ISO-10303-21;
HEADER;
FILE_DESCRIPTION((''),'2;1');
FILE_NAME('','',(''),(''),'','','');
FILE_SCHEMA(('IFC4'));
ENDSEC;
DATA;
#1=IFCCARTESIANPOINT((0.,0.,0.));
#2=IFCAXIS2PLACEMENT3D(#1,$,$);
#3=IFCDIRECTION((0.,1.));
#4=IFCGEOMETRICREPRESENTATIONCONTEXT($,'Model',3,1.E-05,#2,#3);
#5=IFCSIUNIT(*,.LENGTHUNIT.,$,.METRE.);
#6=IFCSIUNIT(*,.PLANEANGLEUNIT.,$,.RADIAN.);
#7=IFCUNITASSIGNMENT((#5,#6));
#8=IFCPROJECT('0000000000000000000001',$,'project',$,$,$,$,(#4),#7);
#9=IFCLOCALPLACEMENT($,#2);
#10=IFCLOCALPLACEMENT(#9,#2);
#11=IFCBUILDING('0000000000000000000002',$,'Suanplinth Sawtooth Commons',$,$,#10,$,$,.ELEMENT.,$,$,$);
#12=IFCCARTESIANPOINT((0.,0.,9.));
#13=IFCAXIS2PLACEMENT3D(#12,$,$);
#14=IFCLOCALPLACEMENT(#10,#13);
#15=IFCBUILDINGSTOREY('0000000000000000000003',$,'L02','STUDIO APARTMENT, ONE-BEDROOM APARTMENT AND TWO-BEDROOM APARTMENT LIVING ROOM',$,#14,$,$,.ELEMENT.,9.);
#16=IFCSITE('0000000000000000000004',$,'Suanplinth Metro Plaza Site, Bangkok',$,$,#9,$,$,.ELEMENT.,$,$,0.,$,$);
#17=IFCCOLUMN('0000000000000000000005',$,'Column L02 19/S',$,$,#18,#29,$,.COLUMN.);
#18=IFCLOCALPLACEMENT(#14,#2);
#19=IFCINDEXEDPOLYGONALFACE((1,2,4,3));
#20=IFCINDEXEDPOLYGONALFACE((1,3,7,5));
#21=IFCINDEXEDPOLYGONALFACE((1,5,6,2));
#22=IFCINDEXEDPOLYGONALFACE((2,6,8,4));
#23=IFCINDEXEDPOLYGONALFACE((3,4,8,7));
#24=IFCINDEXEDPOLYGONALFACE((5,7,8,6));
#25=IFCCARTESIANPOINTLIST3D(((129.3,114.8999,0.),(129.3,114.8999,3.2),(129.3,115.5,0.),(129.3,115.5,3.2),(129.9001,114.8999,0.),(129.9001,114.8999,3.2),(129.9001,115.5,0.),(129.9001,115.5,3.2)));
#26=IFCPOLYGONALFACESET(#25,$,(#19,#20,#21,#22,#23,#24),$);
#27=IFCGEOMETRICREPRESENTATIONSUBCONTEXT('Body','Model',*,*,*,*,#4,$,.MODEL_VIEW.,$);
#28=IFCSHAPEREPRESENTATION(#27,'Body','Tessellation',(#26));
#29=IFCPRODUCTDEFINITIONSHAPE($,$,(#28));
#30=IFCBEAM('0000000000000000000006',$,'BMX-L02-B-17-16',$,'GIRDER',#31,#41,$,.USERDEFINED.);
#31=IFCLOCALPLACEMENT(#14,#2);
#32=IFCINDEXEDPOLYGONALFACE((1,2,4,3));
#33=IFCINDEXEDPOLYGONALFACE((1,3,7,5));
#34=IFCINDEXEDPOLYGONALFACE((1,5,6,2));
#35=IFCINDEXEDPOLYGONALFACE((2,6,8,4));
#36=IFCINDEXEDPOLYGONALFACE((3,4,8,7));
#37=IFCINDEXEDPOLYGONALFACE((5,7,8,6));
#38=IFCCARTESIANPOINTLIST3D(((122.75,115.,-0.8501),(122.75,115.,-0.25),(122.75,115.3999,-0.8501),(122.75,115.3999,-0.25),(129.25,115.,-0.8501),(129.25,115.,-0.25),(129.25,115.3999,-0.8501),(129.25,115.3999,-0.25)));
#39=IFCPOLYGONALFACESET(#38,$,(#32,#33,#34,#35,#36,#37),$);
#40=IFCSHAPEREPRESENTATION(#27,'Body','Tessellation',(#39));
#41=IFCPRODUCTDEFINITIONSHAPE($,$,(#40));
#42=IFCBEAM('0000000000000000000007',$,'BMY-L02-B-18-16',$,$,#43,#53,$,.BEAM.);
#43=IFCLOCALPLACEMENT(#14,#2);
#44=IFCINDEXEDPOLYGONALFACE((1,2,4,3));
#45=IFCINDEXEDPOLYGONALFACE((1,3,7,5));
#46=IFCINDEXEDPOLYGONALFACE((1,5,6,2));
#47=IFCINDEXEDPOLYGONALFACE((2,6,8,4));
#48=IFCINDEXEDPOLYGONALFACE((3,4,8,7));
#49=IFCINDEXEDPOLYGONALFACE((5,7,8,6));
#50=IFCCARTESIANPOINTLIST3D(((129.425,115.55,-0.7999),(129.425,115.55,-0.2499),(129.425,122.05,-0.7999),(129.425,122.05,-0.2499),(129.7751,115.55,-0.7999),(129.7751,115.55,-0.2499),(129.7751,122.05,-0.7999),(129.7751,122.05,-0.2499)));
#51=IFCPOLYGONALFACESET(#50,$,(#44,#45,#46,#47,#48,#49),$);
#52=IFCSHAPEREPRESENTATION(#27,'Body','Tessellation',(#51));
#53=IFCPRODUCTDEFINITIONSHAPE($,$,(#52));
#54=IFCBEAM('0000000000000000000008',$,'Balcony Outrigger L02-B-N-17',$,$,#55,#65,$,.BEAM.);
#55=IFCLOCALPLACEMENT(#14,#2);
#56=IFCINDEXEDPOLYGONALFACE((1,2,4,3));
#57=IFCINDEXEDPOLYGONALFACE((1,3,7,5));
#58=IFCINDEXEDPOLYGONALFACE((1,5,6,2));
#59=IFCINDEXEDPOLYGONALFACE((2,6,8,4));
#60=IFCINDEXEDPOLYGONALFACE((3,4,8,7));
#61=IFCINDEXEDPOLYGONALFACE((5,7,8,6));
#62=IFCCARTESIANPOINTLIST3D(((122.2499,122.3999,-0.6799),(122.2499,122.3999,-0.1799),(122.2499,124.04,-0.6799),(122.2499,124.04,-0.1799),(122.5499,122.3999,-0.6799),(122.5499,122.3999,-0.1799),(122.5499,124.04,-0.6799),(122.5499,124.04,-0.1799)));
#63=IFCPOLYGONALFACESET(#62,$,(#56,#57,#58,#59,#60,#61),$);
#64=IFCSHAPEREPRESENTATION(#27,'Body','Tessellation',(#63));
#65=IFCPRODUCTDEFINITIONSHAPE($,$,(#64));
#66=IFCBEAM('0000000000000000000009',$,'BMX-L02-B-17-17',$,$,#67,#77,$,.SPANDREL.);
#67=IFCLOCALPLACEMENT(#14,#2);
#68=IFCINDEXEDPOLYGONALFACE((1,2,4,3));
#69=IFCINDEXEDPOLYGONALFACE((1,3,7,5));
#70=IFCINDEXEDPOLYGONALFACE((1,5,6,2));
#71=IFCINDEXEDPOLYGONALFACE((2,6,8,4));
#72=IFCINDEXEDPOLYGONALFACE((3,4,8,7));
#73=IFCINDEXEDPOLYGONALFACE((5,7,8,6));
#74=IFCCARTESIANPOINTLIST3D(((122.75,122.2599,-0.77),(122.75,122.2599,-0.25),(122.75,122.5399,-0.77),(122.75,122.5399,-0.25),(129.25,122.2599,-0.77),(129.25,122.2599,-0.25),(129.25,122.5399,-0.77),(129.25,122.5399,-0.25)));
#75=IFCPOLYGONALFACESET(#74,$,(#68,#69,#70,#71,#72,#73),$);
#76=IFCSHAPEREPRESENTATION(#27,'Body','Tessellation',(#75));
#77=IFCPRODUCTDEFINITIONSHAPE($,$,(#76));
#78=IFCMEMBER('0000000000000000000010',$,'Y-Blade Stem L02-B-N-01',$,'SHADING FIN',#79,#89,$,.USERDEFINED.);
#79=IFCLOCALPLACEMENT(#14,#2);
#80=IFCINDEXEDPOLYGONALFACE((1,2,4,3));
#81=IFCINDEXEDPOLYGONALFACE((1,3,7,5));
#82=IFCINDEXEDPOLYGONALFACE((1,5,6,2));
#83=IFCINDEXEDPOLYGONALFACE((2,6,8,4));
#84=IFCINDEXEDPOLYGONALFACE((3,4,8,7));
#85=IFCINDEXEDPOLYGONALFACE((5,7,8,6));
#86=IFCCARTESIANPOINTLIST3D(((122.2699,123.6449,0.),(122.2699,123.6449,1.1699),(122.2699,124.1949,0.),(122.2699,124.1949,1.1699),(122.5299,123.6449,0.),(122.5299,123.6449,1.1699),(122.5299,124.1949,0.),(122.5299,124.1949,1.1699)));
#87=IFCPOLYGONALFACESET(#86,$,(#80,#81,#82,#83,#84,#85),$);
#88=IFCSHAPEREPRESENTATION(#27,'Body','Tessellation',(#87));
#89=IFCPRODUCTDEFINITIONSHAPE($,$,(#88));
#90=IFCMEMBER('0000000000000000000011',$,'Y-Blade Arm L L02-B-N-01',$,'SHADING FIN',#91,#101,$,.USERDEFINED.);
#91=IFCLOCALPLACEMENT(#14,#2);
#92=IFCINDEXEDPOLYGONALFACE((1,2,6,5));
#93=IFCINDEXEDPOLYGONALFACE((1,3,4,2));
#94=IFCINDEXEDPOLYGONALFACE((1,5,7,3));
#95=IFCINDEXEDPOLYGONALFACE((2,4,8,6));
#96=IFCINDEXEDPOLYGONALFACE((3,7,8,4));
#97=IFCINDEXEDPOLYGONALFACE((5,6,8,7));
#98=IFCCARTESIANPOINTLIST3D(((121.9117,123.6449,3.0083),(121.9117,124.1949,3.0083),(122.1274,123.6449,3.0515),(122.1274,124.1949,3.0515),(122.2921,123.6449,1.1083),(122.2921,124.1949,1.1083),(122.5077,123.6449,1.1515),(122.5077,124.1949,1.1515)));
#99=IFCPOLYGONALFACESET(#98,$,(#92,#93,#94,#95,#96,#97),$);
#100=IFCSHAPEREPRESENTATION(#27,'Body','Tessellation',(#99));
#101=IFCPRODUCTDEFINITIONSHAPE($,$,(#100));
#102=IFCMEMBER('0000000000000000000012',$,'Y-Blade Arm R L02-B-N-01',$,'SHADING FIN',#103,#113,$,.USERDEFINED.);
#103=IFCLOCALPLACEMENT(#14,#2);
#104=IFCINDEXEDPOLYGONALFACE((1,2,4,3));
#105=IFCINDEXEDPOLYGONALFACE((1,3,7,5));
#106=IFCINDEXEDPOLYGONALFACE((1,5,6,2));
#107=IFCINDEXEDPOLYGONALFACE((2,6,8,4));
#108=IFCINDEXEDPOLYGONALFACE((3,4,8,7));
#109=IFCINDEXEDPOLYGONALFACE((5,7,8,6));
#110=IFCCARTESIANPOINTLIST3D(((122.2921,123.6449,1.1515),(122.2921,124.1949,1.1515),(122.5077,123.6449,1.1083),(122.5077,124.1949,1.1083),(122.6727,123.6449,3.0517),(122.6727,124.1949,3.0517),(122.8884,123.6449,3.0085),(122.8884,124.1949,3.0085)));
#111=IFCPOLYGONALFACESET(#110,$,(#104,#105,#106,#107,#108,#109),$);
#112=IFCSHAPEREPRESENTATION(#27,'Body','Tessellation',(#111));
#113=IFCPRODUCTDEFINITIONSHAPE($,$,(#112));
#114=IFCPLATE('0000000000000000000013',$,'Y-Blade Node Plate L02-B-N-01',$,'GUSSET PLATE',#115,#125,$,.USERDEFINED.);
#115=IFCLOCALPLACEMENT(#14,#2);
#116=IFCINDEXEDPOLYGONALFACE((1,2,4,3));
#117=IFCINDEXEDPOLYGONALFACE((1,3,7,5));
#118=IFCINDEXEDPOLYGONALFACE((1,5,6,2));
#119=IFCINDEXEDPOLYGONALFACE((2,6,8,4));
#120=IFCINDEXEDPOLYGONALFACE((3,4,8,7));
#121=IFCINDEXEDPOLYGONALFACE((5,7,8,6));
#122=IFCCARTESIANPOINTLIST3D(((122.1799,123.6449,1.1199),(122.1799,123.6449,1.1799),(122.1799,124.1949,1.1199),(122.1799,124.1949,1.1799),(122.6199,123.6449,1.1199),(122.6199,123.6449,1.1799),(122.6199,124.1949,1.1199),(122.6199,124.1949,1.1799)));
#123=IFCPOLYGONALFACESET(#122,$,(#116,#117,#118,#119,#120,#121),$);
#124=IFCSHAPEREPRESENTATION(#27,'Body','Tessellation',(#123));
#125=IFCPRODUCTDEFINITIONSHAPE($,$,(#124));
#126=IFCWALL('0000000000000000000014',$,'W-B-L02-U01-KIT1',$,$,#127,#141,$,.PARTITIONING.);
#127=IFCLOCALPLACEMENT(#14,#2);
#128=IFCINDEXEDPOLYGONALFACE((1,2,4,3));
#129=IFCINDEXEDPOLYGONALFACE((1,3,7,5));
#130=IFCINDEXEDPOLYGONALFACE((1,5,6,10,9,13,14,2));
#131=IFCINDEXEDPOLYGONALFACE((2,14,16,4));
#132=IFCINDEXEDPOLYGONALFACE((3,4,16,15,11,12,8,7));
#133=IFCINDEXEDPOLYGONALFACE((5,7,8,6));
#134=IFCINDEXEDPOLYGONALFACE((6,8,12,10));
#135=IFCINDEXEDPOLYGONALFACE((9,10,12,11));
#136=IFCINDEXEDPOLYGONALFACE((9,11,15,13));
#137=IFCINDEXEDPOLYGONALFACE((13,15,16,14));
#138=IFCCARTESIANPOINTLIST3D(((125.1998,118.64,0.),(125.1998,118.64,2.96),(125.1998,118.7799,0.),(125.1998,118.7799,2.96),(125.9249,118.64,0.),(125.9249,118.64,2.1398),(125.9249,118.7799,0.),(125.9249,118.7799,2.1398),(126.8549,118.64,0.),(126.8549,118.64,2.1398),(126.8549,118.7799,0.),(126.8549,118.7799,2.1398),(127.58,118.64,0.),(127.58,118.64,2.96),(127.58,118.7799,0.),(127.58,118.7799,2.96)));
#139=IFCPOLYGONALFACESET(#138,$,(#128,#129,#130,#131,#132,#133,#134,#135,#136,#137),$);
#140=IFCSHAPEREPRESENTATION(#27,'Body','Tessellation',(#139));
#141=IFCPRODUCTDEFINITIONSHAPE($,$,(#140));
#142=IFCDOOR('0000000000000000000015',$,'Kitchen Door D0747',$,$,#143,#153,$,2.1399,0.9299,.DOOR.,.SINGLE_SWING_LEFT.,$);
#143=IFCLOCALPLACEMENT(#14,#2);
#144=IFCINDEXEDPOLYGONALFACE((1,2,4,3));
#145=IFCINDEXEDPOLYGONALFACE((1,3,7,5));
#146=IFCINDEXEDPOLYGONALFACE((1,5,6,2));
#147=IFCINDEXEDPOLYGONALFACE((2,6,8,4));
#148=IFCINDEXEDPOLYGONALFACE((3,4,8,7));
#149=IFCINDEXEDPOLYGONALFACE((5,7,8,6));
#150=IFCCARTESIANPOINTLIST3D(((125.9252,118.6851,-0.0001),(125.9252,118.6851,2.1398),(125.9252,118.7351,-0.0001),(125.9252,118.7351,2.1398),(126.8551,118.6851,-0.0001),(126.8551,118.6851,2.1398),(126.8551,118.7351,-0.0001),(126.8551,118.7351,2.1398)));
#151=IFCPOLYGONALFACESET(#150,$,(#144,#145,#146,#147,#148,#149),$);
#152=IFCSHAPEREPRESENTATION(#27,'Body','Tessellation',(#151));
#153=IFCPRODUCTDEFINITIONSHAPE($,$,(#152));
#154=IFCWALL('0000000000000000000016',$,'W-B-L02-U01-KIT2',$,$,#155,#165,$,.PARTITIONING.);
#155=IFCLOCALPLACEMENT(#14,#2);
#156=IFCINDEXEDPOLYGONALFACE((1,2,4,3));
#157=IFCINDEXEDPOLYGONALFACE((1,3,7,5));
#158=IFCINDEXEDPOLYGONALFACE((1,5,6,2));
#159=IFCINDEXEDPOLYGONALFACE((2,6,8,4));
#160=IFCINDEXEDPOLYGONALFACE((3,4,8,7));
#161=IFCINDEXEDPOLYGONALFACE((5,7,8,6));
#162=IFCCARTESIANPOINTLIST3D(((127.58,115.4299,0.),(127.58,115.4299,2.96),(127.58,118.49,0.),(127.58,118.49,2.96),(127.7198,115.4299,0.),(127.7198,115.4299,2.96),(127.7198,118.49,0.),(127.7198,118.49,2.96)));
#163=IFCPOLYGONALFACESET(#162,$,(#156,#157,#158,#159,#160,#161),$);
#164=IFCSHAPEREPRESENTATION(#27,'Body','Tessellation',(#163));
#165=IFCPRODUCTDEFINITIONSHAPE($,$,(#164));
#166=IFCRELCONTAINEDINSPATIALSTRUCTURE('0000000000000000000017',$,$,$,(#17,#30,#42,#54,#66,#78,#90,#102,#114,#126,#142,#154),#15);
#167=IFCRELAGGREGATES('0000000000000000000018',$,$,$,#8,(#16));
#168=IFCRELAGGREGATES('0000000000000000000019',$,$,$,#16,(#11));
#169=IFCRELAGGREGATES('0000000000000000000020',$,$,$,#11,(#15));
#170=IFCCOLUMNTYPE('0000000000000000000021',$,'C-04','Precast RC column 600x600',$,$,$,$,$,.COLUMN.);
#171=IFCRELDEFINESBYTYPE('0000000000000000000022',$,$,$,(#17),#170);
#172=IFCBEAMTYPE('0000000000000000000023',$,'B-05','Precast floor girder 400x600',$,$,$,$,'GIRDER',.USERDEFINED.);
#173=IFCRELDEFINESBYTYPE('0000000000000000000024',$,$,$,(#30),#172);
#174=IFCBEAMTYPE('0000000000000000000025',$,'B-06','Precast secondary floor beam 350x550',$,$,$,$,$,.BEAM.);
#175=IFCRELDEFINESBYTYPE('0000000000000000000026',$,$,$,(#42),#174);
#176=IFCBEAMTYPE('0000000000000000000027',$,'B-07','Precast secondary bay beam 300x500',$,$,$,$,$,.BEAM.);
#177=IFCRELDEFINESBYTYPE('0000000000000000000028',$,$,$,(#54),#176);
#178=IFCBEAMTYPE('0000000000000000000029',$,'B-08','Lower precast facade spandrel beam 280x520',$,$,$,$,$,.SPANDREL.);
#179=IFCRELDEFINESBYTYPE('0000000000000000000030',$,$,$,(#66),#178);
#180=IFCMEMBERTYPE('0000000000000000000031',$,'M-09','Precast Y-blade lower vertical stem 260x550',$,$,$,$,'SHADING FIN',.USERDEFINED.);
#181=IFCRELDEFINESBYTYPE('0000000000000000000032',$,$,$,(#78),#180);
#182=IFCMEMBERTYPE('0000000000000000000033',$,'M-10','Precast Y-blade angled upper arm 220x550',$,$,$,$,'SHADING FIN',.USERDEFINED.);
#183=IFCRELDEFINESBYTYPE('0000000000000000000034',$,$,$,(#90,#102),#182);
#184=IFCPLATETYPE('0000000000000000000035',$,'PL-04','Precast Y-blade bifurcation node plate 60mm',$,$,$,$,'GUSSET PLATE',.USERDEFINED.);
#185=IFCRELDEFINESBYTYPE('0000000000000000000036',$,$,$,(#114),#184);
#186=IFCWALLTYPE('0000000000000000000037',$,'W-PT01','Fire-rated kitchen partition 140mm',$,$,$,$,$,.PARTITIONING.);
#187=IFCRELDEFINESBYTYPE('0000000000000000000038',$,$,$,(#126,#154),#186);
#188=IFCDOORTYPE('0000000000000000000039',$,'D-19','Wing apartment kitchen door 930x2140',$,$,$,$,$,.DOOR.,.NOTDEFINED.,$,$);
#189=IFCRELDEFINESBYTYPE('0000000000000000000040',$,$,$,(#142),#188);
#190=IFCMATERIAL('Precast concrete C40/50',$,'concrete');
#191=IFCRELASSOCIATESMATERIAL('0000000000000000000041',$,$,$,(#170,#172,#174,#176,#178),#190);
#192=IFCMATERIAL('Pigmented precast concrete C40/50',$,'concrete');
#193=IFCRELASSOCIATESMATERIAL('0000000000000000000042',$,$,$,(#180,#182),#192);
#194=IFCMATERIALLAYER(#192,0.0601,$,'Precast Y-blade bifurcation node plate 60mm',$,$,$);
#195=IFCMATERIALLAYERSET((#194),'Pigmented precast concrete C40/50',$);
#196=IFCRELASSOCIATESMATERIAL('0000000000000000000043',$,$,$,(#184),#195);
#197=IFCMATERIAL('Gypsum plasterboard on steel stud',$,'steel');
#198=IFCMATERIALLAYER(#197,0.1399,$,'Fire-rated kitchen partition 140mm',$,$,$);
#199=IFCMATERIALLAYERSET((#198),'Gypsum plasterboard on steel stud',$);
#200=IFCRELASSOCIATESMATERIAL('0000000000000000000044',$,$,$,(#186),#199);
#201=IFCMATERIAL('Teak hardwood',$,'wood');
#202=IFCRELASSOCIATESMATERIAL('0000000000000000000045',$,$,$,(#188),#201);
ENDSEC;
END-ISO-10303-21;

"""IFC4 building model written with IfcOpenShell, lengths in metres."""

from ifc_helpers import new_model, si_unit, direction, frame, frame_2d, origin, origin_2d, place, context, subcontext, project, spatial, rectangle, extrude, material, layer, layer_set, material_profile, profile_set, type_object, element, fill, save


model = new_model("IFC4")

# Units and contexts
model_context = context("Model", 3, precision=1e-05, world=origin(), true_north=direction((0.0, 1.0)))
body_context = subcontext(model_context, "Body", "Model", "MODEL_VIEW")
ifc_project = project(units=[si_unit("LENGTHUNIT", "METRE"), si_unit("PLANEANGLEUNIT", "RADIAN")], contexts=[model_context])

# Site, building, storey
site_placement = place(None, origin())
site = spatial("IfcSite", under=ifc_project, at=site_placement, Name="Suanplinth Metro Plaza Site, Bangkok", CompositionType="ELEMENT", RefElevation=0.0)
building_placement = place(site_placement, origin())
building = spatial("IfcBuilding", under=site, at=building_placement, Name="Suanplinth Sawtooth Commons", CompositionType="ELEMENT")
storey_placement = place(building_placement, frame((0.0, 0.0, 9.0)))
storey = spatial("IfcBuildingStorey", under=building, at=storey_placement, Name="L02", Description="STUDIO APARTMENT, ONE-BEDROOM APARTMENT AND TWO-BEDROOM APARTMENT LIVING ROOM", CompositionType="ELEMENT", Elevation=9.0)

# Column
ifc_material_1 = material(Name="Precast concrete C40/50", Category="concrete")
ifc_material_profile_1 = material_profile(ifc_material_1, rectangle(XDim=0.6001, YDim=0.6001, at=origin_2d()), Name="PC-COL 600x600")
ifc_profile_set_1 = profile_set([ifc_material_profile_1], Name="Precast concrete C40/50")
column_type = type_object("IfcColumnType", Name="C-04", Description="Precast RC column 600x600", PredefinedType="COLUMN", material=ifc_profile_set_1)
column_placement = place(storey_placement, frame((129.6001, 115.2, 0.0), z_axis=(0.0, 0.0, 1.0), x_axis=(1.0, 0.0, 0.0)))
element("IfcColumn", 1, at=column_placement, inside=storey, type_object=column_type, Name="Column L02 19/S", PredefinedType="COLUMN", context=body_context, shape_type="SweptSolid", body=[
    extrude(rectangle(XDim=0.6001, YDim=0.6001, at=origin_2d()), origin(), (0.0, 0.0, 1.0), 3.2),
])

# Beams
ifc_material_profile_2 = material_profile(ifc_material_1, rectangle(XDim=0.3999, YDim=0.6001, at=origin_2d()), Name="PC-GDR 400x600")
ifc_profile_set_2 = profile_set([ifc_material_profile_2], Name="Precast concrete C40/50")
beam_type_1 = type_object("IfcBeamType", Name="B-05", Description="Precast floor girder 400x600", ElementType="GIRDER", PredefinedType="USERDEFINED", material=ifc_profile_set_2)
beam_1_placement = place(storey_placement, frame((122.75, 115.2, -0.55), z_axis=(1.0, 0.0, 0.0), x_axis=(0.0, 1.0, 0.0)))
element("IfcBeam", 2, at=beam_1_placement, inside=storey, type_object=beam_type_1, Name="BMX-L02-B-17-16", ObjectType="GIRDER", PredefinedType="USERDEFINED", context=body_context, shape_type="SweptSolid", body=[
    extrude(rectangle(XDim=0.3999, YDim=0.6001, at=origin_2d()), origin(), (0.0, 0.0, 1.0), 6.5),
])
ifc_material_profile_3 = material_profile(ifc_material_1, rectangle(XDim=0.3501, YDim=0.55, at=origin_2d()), Name="PC-BM 350x550")
ifc_profile_set_3 = profile_set([ifc_material_profile_3], Name="Precast concrete C40/50")
beam_type_2 = type_object("IfcBeamType", Name="B-06", Description="Precast secondary floor beam 350x550", PredefinedType="BEAM", material=ifc_profile_set_3)
beam_2_placement = place(storey_placement, frame((129.6001, 115.55, -0.5249), z_axis=(0.0, 1.0, 0.0), x_axis=(-1.0, 0.0, 0.0)))
element("IfcBeam", 3, at=beam_2_placement, inside=storey, type_object=beam_type_2, Name="BMY-L02-B-18-16", PredefinedType="BEAM", context=body_context, shape_type="SweptSolid", body=[
    extrude(rectangle(XDim=0.3501, YDim=0.55, at=origin_2d()), origin(), (0.0, 0.0, 1.0), 6.5),
])
ifc_material_profile_4 = material_profile(ifc_material_1, rectangle(XDim=0.3, YDim=0.5, at=origin_2d()), Name="PC-BM 300x500")
ifc_profile_set_4 = profile_set([ifc_material_profile_4], Name="Precast concrete C40/50")
beam_type_3 = type_object("IfcBeamType", Name="B-07", Description="Precast secondary bay beam 300x500", PredefinedType="BEAM", material=ifc_profile_set_4)
beam_3_placement = place(storey_placement, frame((122.3999, 122.3999, -0.4299), z_axis=(0.0, 1.0, 0.0), x_axis=(-1.0, 0.0, 0.0)))
element("IfcBeam", 4, at=beam_3_placement, inside=storey, type_object=beam_type_3, Name="Balcony Outrigger L02-B-N-17", PredefinedType="BEAM", context=body_context, shape_type="SweptSolid", body=[
    extrude(rectangle(XDim=0.3, YDim=0.5, at=origin_2d()), origin(), (0.0, 0.0, 1.0), 1.6401),
])
ifc_material_profile_5 = material_profile(ifc_material_1, rectangle(XDim=0.28, YDim=0.52, at=origin_2d()), Name="PC-SP 280x520")
ifc_profile_set_5 = profile_set([ifc_material_profile_5], Name="Precast concrete C40/50")
beam_type_4 = type_object("IfcBeamType", Name="B-08", Description="Lower precast facade spandrel beam 280x520", PredefinedType="SPANDREL", material=ifc_profile_set_5)
beam_4_placement = place(storey_placement, frame((122.75, 122.3999, -0.51), z_axis=(1.0, 0.0, 0.0), x_axis=(0.0, 1.0, 0.0)))
element("IfcBeam", 5, at=beam_4_placement, inside=storey, type_object=beam_type_4, Name="BMX-L02-B-17-17", PredefinedType="SPANDREL", context=body_context, shape_type="SweptSolid", body=[
    extrude(rectangle(XDim=0.28, YDim=0.52, at=origin_2d()), origin(), (0.0, 0.0, 1.0), 6.5),
])

# Members
ifc_material_2 = material(Name="Pigmented precast concrete C40/50", Category="concrete")
ifc_material_profile_6 = material_profile(ifc_material_2, rectangle(XDim=0.26, YDim=0.55, at=origin_2d()), Name="PC-FIN 260x550")
ifc_profile_set_6 = profile_set([ifc_material_profile_6], Name="Pigmented precast concrete C40/50")
member_type_1 = type_object("IfcMemberType", Name="M-09", Description="Precast Y-blade lower vertical stem 260x550", ElementType="SHADING FIN", PredefinedType="USERDEFINED", material=ifc_profile_set_6)
member_1_placement = place(storey_placement, frame((122.3999, 123.9199, 0.0), z_axis=(0.0, 0.0, 1.0), x_axis=(1.0, 0.0, 0.0)))
element("IfcMember", 6, at=member_1_placement, inside=storey, type_object=member_type_1, Name="Y-Blade Stem L02-B-N-01", ObjectType="SHADING FIN", PredefinedType="USERDEFINED", context=body_context, shape_type="SweptSolid", body=[
    extrude(rectangle(XDim=0.26, YDim=0.55, at=origin_2d()), origin(), (0.0, 0.0, 1.0), 1.1699),
])
ifc_material_profile_7 = material_profile(ifc_material_2, rectangle(XDim=0.22, YDim=0.55, at=origin_2d()), Name="PC-FIN 220x550")
ifc_profile_set_7 = profile_set([ifc_material_profile_7], Name="Pigmented precast concrete C40/50")
member_type_2 = type_object("IfcMemberType", Name="M-10", Description="Precast Y-blade angled upper arm 220x550", ElementType="SHADING FIN", PredefinedType="USERDEFINED", material=ifc_profile_set_7)
member_2_placement = place(storey_placement, frame((122.3999, 123.9199, 1.1299), z_axis=(-0.196286, 0.0, 0.980547), x_axis=(0.980547, 0.0, 0.196286)))
element("IfcMember", 7, at=member_2_placement, inside=storey, type_object=member_type_2, Name="Y-Blade Arm L L02-B-N-01", ObjectType="SHADING FIN", PredefinedType="USERDEFINED", context=body_context, shape_type="SweptSolid", body=[
    extrude(rectangle(XDim=0.22, YDim=0.55, at=origin_2d()), origin(), (0.0, 0.0, 1.0), 1.9377),
])
member_3_placement = place(storey_placement, frame((122.3999, 123.9199, 1.1299), z_axis=(0.196407, 0.0, 0.980522), x_axis=(-0.980522, 0.0, 0.196407)))
element("IfcMember", 8, at=member_3_placement, inside=storey, type_object=member_type_2, Name="Y-Blade Arm R L02-B-N-01", ObjectType="SHADING FIN", PredefinedType="USERDEFINED", context=body_context, shape_type="SweptSolid", body=[
    extrude(rectangle(XDim=0.22, YDim=0.55, at=origin_2d()), origin(), (0.0, 0.0, 1.0), 1.938),
])

# Plate
ifc_layer_1 = layer(ifc_material_2, 0.0601, Name="Precast Y-blade bifurcation node plate 60mm")
ifc_layer_set_1 = layer_set([ifc_layer_1], Name="Pigmented precast concrete C40/50")
plate_type = type_object("IfcPlateType", Name="PL-04", Description="Precast Y-blade bifurcation node plate 60mm", ElementType="GUSSET PLATE", PredefinedType="USERDEFINED", material=ifc_layer_set_1)
plate_placement = place(storey_placement, frame((122.3999, 123.9199, 1.1199), z_axis=(0.0, 0.0, 1.0), x_axis=(1.0, 0.0, 0.0)))
element("IfcPlate", 9, at=plate_placement, inside=storey, type_object=plate_type, Name="Y-Blade Node Plate L02-B-N-01", ObjectType="GUSSET PLATE", PredefinedType="USERDEFINED", context=body_context, shape_type="SweptSolid", body=[
    extrude(rectangle(XDim=0.4399, YDim=0.55, at=origin_2d()), origin(), (0.0, 0.0, 1.0), 0.0601),
])

# Wall, opening, door
ifc_material_3 = material(Name="Gypsum plasterboard on steel stud", Category="steel")
ifc_layer_2 = layer(ifc_material_3, 0.1399, Name="Fire-rated kitchen partition 140mm")
ifc_layer_set_2 = layer_set([ifc_layer_2], Name="Gypsum plasterboard on steel stud")
wall_type_1 = type_object("IfcWallType", Name="W-PT01", Description="Fire-rated kitchen partition 140mm", PredefinedType="PARTITIONING", material=ifc_layer_set_2)
wall_1_placement = place(storey_placement, frame((125.2, 118.71, 0.0), z_axis=(0.0, 0.0, 1.0), x_axis=(1.0, 0.0, 0.0)))
wall_1 = element("IfcWall", 10, at=wall_1_placement, inside=storey, type_object=wall_type_1, Name="W-B-L02-U01-KIT1", PredefinedType="PARTITIONING", context=body_context, shape_type="SweptSolid", body=[
    extrude(rectangle(XDim=2.3801, YDim=0.1399, at=frame_2d((1.1899, 0.0))), origin(), (0.0, 0.0, 1.0), 2.96),
])
opening_1_placement = place(wall_1_placement, frame((0.7251, 0.0, 0.0)))
opening_1 = element("IfcOpeningElement", 11, at=opening_1_placement, cuts=wall_1, PredefinedType="OPENING", context=body_context, shape_type="SweptSolid", body=[
    extrude(rectangle(XDim=0.9299, YDim=2.1399, at=frame_2d((0.4648, 1.0698))), frame((0.0, 0.085, 0.0), z_axis=(0.0, -1.0, 0.0), x_axis=(1.0, 0.0, 0.0)), (0.0, 0.0, 1.0), 0.1697),
])
ifc_material_4 = material(Name="Teak hardwood", Category="wood")
door_type_1 = type_object("IfcDoorType", Name="D-19", Description="Wing apartment kitchen door 930x2140", OperationType="NOTDEFINED", PredefinedType="DOOR", material=ifc_material_4)
door_1_placement = place(opening_1_placement, frame((0.9299, 0.0, 0.0), z_axis=(0.0, 0.0, 1.0), x_axis=(-1.0, 0.0, 0.0)))
door_1 = element("IfcDoor", 12, at=door_1_placement, inside=storey, type_object=door_type_1, Name="Kitchen Door D0747", OperationType="SINGLE_SWING_LEFT", OverallHeight=2.1399, OverallWidth=0.9299, PredefinedType="DOOR", context=body_context, shape_type="SweptSolid", body=[
    extrude(rectangle(XDim=0.9299, YDim=2.1399, at=frame_2d((0.4648, 1.0698))), frame((0.0, 0.0249, 0.0), z_axis=(0.0, -1.0, 0.0), x_axis=(1.0, 0.0, 0.0)), (0.0, 0.0, 1.0), 0.05),
])
fill(opening_1, door_1)

# Wall
wall_2_placement = place(storey_placement, frame((127.6499, 115.4299, 0.0), z_axis=(0.0, 0.0, 1.0), x_axis=(0.0, 1.0, 0.0)))
element("IfcWall", 13, at=wall_2_placement, inside=storey, type_object=wall_type_1, Name="W-B-L02-U01-KIT2", PredefinedType="PARTITIONING", context=body_context, shape_type="SweptSolid", body=[
    extrude(rectangle(XDim=3.0601, YDim=0.1399, at=frame_2d((1.53, 0.0))), origin(), (0.0, 0.0, 1.0), 2.96),
])

save(model, "model.ifc")
